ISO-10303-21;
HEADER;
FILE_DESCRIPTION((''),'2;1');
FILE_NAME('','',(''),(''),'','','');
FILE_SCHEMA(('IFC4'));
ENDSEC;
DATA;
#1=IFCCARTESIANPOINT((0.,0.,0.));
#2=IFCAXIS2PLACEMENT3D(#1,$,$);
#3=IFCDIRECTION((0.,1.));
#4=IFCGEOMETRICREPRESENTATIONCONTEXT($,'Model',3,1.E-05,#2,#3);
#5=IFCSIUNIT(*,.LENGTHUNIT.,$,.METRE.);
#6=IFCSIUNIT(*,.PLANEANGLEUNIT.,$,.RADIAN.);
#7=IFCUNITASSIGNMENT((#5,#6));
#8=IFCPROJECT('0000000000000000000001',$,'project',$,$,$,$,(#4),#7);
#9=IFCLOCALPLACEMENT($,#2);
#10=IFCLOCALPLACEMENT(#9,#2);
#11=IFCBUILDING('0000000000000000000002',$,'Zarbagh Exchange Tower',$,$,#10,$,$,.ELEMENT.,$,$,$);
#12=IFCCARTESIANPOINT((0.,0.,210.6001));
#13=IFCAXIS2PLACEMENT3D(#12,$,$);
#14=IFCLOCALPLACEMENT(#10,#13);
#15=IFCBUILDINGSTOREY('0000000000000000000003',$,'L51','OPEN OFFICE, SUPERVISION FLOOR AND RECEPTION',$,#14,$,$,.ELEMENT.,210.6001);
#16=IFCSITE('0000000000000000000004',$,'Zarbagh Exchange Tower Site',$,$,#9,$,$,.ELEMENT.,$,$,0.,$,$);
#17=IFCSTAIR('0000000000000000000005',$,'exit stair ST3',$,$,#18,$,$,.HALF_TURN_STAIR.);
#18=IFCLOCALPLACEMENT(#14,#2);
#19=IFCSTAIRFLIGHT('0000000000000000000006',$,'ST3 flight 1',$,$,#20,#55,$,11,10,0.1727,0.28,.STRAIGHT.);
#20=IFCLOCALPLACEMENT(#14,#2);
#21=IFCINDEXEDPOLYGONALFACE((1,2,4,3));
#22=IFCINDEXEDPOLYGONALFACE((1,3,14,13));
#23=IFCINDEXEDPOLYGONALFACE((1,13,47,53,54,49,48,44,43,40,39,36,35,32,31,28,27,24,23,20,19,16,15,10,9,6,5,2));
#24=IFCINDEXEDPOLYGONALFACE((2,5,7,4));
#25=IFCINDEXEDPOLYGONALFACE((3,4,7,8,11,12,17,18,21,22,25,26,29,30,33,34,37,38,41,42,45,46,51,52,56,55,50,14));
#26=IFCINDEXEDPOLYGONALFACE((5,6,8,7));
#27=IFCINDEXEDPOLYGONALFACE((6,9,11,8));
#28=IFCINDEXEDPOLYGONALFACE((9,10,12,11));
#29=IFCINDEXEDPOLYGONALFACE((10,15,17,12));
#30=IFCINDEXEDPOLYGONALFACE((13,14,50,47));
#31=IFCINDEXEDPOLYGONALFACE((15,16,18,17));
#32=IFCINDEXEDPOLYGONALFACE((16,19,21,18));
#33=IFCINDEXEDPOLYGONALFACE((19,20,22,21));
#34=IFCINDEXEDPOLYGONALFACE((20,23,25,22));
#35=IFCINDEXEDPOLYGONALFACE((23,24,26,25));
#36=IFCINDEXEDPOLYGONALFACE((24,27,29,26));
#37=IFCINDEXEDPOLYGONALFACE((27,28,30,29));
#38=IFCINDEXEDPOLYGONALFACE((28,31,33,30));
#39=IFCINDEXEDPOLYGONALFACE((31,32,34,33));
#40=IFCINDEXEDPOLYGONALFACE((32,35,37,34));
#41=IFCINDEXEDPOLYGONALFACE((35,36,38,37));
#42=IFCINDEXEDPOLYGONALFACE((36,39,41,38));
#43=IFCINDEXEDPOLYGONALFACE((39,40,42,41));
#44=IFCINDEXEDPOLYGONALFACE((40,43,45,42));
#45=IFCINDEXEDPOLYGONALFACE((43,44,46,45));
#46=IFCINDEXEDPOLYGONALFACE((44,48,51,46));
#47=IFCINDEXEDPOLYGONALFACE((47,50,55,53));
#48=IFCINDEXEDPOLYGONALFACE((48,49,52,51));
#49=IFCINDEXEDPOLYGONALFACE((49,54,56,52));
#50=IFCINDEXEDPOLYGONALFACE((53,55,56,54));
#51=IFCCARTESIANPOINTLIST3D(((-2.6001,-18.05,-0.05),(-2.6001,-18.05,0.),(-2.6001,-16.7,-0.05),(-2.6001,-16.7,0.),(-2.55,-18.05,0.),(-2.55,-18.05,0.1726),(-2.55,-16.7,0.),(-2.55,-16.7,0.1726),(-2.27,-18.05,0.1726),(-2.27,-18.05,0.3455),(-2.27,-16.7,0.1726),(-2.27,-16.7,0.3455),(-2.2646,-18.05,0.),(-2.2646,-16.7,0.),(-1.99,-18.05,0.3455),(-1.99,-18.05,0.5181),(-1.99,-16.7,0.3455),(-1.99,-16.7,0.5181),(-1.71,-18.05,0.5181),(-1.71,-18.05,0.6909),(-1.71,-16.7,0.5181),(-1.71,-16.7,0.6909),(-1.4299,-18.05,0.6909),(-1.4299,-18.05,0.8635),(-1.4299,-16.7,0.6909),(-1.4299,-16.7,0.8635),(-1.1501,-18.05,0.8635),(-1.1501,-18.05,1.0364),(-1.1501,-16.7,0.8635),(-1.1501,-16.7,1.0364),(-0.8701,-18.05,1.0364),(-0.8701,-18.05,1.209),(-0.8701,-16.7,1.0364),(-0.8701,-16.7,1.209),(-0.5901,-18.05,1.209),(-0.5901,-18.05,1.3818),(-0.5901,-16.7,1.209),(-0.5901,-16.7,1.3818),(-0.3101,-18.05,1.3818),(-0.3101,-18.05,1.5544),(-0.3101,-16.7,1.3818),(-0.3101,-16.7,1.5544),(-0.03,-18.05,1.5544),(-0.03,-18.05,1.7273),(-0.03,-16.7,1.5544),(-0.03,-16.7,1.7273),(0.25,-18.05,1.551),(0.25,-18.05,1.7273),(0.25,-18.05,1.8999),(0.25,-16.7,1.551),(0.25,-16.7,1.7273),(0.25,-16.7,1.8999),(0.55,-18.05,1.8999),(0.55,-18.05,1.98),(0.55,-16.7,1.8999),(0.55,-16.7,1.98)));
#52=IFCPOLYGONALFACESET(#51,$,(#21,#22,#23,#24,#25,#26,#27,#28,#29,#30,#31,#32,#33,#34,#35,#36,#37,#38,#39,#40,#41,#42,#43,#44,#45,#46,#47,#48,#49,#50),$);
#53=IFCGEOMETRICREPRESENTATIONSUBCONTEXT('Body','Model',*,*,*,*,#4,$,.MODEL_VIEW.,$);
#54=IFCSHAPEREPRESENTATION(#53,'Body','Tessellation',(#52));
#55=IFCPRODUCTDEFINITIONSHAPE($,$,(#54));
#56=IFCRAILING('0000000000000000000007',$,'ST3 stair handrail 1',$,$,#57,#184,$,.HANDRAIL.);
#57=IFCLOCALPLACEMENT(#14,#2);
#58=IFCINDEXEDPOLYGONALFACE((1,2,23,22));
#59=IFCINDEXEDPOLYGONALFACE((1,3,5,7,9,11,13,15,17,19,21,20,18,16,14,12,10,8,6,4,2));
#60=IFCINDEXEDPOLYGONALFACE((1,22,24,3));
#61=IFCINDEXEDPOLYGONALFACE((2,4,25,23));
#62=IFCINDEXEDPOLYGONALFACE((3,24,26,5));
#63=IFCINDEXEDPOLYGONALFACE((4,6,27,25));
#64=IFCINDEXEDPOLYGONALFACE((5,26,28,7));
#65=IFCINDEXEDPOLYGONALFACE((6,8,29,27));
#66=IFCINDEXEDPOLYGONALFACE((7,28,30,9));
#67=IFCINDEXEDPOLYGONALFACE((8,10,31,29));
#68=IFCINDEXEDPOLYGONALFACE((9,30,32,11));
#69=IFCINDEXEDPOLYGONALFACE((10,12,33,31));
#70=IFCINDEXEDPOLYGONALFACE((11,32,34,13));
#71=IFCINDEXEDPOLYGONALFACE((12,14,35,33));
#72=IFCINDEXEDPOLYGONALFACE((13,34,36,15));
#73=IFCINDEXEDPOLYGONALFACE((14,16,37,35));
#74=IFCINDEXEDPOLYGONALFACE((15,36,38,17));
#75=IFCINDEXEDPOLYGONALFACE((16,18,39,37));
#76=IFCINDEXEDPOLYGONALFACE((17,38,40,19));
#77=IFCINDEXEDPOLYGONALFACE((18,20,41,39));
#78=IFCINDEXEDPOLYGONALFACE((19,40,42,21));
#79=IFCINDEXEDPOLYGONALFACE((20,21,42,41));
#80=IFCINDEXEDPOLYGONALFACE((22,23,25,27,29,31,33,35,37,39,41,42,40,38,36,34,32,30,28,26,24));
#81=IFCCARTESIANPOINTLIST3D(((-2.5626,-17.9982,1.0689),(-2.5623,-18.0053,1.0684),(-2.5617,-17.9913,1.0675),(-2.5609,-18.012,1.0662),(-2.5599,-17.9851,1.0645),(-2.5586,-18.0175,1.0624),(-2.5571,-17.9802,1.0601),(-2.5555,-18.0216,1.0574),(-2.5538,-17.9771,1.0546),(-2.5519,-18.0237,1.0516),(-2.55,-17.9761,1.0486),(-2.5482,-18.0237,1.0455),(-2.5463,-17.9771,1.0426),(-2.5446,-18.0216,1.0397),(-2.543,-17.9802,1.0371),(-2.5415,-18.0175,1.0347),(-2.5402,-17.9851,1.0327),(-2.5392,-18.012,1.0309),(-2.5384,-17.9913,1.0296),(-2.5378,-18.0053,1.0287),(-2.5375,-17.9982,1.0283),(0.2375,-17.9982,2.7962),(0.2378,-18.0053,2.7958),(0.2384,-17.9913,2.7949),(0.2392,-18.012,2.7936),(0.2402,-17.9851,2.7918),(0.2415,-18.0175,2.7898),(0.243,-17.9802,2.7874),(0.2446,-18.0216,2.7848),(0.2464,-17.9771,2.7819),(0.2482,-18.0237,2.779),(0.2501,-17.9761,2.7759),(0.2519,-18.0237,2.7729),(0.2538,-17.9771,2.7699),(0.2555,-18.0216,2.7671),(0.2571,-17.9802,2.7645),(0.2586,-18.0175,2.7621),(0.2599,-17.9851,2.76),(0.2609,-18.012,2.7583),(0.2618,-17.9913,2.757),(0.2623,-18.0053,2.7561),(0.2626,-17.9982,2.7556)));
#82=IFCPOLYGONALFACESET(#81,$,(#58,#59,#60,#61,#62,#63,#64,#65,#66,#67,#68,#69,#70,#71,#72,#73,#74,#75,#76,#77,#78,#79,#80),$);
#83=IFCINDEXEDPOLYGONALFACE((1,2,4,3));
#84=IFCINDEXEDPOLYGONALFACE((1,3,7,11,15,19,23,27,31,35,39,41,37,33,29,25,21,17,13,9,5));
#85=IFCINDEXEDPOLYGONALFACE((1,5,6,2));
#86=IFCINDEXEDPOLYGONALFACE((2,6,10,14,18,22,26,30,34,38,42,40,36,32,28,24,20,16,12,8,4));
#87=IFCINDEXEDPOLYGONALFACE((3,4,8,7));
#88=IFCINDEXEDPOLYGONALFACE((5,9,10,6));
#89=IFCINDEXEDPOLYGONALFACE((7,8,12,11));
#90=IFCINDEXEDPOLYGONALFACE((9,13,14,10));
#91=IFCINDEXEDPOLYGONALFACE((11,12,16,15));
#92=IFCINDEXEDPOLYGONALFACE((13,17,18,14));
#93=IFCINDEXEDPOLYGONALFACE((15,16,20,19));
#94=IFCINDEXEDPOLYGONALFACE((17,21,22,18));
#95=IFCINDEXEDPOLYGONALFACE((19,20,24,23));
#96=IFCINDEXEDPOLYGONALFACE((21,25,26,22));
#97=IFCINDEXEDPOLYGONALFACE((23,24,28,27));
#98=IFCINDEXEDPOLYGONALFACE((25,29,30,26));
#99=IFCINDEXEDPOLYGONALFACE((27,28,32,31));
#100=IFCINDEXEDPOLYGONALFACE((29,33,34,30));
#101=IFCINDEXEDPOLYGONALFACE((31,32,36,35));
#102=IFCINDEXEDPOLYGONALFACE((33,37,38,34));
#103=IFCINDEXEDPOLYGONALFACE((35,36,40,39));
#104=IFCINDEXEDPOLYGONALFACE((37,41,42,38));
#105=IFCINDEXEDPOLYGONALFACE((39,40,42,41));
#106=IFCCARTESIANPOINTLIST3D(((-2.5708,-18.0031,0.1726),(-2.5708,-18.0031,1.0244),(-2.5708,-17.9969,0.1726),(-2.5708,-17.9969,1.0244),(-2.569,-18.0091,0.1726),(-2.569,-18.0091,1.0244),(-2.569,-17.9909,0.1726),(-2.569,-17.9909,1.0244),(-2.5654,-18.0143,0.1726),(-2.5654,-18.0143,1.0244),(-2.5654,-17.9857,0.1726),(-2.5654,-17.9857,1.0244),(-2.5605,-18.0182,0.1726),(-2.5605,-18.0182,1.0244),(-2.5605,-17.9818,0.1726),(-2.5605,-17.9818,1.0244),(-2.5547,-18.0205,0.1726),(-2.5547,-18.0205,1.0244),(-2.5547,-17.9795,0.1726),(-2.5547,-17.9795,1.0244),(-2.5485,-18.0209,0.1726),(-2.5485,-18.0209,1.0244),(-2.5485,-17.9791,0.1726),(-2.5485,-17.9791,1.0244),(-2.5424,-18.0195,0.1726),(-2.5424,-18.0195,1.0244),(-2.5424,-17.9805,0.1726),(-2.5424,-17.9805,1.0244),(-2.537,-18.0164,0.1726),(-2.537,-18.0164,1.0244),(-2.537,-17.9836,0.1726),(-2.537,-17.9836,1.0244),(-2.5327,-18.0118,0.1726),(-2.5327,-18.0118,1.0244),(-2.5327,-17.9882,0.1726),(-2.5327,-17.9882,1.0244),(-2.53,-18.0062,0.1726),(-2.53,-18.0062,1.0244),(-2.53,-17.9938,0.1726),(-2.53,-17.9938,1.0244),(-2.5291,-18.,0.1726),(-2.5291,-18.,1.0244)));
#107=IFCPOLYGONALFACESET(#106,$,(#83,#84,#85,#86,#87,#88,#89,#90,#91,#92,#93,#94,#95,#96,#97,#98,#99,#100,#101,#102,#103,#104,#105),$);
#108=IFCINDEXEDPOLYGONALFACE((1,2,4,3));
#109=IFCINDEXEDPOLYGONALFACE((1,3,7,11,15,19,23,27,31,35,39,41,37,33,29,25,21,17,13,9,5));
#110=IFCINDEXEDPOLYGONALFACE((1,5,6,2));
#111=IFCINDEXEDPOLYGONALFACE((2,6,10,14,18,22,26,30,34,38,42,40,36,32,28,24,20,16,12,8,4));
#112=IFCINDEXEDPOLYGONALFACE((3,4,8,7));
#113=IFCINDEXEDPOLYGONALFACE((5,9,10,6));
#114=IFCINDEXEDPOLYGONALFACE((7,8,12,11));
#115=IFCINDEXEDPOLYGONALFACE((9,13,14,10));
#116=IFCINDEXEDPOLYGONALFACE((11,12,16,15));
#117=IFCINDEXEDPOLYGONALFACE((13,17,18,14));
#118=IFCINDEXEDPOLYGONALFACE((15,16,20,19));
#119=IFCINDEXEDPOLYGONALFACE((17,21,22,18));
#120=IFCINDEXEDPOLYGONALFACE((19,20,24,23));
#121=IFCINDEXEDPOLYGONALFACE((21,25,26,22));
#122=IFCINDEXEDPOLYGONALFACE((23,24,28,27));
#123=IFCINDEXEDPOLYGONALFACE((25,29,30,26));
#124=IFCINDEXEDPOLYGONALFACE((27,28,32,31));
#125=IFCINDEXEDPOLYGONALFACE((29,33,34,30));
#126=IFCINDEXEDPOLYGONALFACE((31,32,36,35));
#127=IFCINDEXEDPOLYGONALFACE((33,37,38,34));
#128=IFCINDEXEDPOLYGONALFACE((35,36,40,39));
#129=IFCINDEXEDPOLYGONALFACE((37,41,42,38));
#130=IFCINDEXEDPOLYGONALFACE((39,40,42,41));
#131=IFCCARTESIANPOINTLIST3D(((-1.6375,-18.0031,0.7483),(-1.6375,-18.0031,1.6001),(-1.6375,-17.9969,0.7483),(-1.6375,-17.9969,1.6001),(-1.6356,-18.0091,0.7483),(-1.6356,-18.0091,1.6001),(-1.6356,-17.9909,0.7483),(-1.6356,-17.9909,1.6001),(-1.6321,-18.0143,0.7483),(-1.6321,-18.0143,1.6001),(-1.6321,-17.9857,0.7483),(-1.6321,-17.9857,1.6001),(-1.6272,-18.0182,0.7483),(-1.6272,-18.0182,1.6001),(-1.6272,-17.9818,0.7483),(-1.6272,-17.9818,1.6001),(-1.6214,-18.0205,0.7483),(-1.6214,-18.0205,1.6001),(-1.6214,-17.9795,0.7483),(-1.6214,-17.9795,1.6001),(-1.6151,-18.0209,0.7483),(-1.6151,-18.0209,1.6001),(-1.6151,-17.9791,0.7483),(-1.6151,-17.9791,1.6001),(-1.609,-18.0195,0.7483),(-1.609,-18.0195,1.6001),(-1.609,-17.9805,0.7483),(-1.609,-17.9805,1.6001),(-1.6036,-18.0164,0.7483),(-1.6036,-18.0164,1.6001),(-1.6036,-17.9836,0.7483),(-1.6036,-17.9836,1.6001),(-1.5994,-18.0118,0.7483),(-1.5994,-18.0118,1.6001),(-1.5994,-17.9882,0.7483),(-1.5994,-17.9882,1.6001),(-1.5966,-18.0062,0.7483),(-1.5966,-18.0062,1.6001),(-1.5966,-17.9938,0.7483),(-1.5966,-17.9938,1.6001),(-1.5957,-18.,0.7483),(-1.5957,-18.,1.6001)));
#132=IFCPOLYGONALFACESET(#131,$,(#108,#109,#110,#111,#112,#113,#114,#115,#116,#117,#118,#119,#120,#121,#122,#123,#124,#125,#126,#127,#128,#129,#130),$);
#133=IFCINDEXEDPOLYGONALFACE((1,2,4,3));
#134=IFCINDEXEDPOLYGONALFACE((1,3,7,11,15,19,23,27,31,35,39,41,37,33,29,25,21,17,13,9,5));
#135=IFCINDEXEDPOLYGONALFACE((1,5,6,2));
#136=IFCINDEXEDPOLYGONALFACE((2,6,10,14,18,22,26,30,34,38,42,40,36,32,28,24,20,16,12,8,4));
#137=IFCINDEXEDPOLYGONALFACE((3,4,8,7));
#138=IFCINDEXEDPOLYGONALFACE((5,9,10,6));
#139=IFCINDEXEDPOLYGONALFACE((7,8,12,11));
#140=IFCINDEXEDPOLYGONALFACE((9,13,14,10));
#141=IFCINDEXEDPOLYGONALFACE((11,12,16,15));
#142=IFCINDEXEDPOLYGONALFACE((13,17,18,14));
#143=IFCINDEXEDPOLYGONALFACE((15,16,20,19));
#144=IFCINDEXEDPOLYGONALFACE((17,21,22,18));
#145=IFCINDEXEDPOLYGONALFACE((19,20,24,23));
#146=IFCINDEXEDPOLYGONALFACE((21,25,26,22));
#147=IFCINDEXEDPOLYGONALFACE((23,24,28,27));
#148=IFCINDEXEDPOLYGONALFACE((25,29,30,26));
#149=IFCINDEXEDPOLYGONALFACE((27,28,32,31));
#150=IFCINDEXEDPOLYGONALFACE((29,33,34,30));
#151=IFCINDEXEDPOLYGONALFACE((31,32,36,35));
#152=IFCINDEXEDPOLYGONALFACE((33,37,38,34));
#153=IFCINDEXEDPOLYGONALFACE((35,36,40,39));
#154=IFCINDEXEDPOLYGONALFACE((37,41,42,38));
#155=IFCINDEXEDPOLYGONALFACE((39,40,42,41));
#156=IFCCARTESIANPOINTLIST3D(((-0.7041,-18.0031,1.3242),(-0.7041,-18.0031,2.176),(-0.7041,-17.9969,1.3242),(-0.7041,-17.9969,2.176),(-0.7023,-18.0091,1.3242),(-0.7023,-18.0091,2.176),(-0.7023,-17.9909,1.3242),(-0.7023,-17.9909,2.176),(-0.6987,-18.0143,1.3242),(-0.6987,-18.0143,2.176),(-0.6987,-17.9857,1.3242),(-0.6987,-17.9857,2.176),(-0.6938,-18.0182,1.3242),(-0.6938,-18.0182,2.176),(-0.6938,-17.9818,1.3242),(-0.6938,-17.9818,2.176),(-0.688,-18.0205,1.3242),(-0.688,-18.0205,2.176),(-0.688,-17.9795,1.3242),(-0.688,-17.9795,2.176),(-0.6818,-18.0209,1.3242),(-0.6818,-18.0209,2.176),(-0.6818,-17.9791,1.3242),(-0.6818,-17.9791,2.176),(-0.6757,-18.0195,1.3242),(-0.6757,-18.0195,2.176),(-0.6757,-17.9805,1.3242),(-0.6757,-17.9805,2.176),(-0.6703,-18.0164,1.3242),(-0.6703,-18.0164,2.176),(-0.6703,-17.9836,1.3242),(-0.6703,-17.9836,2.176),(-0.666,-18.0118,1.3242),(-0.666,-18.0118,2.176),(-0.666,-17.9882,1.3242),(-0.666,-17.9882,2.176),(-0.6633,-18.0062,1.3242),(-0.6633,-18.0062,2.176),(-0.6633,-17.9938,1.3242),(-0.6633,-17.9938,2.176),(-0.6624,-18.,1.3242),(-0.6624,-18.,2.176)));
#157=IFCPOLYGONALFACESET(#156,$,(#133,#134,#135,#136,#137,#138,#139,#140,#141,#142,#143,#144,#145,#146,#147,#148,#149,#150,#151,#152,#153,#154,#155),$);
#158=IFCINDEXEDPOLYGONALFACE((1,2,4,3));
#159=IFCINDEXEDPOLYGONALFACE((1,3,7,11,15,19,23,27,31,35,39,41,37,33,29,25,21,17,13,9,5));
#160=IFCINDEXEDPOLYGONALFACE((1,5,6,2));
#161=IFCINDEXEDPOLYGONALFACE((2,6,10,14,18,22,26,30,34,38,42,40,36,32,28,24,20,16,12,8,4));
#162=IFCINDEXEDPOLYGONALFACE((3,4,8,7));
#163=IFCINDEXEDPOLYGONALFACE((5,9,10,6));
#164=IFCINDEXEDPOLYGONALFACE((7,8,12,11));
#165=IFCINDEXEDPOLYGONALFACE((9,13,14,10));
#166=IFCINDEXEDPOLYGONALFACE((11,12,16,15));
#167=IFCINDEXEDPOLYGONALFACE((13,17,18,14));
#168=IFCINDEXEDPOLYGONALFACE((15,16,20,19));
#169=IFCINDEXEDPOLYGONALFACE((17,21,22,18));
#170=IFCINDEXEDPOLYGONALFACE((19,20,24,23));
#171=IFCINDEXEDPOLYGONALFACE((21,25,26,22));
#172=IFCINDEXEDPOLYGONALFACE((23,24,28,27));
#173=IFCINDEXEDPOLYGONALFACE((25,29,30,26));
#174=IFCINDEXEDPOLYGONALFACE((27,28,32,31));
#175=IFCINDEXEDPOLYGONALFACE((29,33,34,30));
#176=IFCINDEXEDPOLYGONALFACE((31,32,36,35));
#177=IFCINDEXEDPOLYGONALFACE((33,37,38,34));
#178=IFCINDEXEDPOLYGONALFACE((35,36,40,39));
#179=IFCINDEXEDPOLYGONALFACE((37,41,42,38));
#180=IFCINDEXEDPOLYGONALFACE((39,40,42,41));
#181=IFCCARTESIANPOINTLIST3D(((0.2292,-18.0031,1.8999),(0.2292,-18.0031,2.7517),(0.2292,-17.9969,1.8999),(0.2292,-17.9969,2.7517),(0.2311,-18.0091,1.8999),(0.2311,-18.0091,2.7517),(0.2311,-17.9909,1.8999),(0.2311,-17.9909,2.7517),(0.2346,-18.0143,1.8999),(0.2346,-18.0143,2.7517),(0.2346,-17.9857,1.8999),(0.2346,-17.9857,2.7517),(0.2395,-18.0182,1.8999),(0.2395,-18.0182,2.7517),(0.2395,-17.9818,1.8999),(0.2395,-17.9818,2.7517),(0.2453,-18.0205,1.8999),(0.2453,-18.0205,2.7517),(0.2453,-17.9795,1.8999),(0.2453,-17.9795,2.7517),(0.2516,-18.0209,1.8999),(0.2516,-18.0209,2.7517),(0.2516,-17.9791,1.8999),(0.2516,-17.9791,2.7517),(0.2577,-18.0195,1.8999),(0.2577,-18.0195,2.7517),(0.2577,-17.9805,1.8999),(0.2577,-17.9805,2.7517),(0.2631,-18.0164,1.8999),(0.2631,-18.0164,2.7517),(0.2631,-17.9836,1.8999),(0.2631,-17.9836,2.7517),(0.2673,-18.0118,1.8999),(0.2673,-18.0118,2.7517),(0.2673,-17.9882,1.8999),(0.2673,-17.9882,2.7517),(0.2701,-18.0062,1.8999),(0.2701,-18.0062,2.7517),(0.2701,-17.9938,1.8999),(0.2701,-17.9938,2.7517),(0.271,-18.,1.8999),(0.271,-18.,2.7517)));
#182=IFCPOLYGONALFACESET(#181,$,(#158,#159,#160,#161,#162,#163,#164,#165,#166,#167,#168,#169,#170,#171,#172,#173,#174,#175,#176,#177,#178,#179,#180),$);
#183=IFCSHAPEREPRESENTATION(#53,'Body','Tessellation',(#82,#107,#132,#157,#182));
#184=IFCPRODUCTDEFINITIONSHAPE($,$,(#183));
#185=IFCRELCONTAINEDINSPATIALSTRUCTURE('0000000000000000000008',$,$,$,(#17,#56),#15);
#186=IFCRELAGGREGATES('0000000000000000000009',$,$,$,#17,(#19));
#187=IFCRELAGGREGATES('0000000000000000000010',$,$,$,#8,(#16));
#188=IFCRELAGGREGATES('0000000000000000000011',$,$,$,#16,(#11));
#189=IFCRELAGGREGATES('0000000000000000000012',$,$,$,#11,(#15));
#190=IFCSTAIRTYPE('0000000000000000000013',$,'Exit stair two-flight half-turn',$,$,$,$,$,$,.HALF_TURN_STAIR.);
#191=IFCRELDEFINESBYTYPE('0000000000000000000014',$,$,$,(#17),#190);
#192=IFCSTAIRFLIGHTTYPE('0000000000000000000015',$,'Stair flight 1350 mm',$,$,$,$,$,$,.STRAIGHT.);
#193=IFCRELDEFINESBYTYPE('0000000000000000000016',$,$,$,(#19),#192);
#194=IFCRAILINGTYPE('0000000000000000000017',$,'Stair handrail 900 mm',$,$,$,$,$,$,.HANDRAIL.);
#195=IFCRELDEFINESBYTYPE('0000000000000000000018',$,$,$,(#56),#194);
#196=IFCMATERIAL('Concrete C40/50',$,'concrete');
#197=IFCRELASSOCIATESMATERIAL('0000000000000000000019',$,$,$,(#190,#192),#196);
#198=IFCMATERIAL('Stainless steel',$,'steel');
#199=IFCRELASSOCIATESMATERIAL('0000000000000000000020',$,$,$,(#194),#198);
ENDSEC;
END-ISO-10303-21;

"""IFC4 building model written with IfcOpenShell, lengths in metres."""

from ifc_helpers import new_model, si_unit, direction, frame, origin, origin_2d, place, context, subcontext, project, spatial, polyline, circle, outline, extrude, material, type_object, element, aggregate, save


model = new_model("IFC4")

# Units and contexts
model_context = context("Model", 3, precision=1e-05, world=origin(), true_north=direction((0.0, 1.0)))
body_context = subcontext(model_context, "Body", "Model", "MODEL_VIEW")
ifc_project = project(units=[si_unit("LENGTHUNIT", "METRE"), si_unit("PLANEANGLEUNIT", "RADIAN")], contexts=[model_context])

# Site, building, storey
site_placement = place(None, origin())
site = spatial("IfcSite", under=ifc_project, at=site_placement, Name="Zarbagh Exchange Tower Site", CompositionType="ELEMENT", RefElevation=0.0)
building_placement = place(site_placement, origin())
building = spatial("IfcBuilding", under=site, at=building_placement, Name="Zarbagh Exchange Tower", CompositionType="ELEMENT")
storey_placement = place(building_placement, frame((0.0, 0.0, 210.6001)))
storey = spatial("IfcBuildingStorey", under=building, at=storey_placement, Name="L51", Description="OPEN OFFICE, SUPERVISION FLOOR AND RECEPTION", CompositionType="ELEMENT", Elevation=210.6001)

# Stair, stair flight
ifc_material_1 = material(Name="Concrete C40/50", Category="concrete")
stair_type = type_object("IfcStairType", Name="Exit stair two-flight half-turn", PredefinedType="HALF_TURN_STAIR", material=ifc_material_1)
stair_placement = place(storey_placement, origin())
stair = element("IfcStair", 1, at=stair_placement, inside=storey, type_object=stair_type, Name="exit stair ST3", PredefinedType="HALF_TURN_STAIR")
stair_flight_type = type_object("IfcStairFlightType", Name="Stair flight 1350 mm", PredefinedType="STRAIGHT", material=ifc_material_1)
stair_flight_placement = place(storey_placement, frame((-2.55, -17.375, 0.0), z_axis=(0.0, 0.0, 1.0), x_axis=(1.0, 0.0, 0.0)))
stair_flight = element("IfcStairFlight", 2, at=stair_flight_placement, type_object=stair_flight_type, Name="ST3 flight 1", NumberOfRisers=11, NumberOfTreads=10, PredefinedType="STRAIGHT", RiserHeight=0.1727, TreadLength=0.28, context=body_context, shape_type="SweptSolid", body=[
    extrude(outline(polyline([(-0.05, -0.05), (-0.05, 0.0), (0.0, 0.0), (0.0, 0.1726), (0.28, 0.1726), (0.28, 0.3455), (0.5601, 0.3455), (0.5601, 0.5181), (0.8401, 0.5181), (0.8401, 0.6909), (1.1201, 0.6909), (1.1201, 0.8635), (1.3999, 0.8635), (1.3999, 1.0364), (1.6799, 1.0364), (1.6799, 1.209), (1.96, 1.209), (1.96, 1.3818), (2.24, 1.3818), (2.24, 1.5544), (2.52, 1.5544), (2.52, 1.7273), (2.8, 1.7273), (2.8, 1.8999), (3.1001, 1.98), (3.1001, 1.8999), (2.8, 1.551), (0.2854, 0.0), (-0.05, -0.05)])), frame((0.0, 0.675, 0.0), z_axis=(0.0, -1.0, 0.0), x_axis=(1.0, 0.0, 0.0)), (0.0, 0.0, 1.0), 1.3501),
])
aggregate(stair, [stair_flight])

# Railing
ifc_material_2 = material(Name="Stainless steel", Category="steel")
railing_type_1 = type_object("IfcRailingType", Name="Stair handrail 900 mm", PredefinedType="HANDRAIL", material=ifc_material_2)
railing_1_placement = place(storey_placement, frame((-2.55, -18.0, 0.1726)))
element("IfcRailing", 3, at=railing_1_placement, inside=storey, type_object=railing_type_1, Name="ST3 stair handrail 1", PredefinedType="HANDRAIL", context=body_context, shape_type="SweptSolid", body=[
    extrude(circle(Radius=0.0239, at=origin_2d()), frame((0.0, 0.0, 0.876), z_axis=(0.85109, 0.0, 0.52502), x_axis=(0.0, 1.0, 0.0)), (0.0, 0.0, 1.0), 3.29),
    extrude(circle(Radius=0.021, at=origin_2d()), origin(), (0.0, 0.0, 1.0), 0.8518),
    extrude(circle(Radius=0.021, at=origin_2d()), frame((0.9333, 0.0, 0.5757)), (0.0, 0.0, 1.0), 0.8518),
    extrude(circle(Radius=0.021, at=origin_2d()), frame((1.8667, 0.0, 1.1516)), (0.0, 0.0, 1.0), 0.8518),
    extrude(circle(Radius=0.021, at=origin_2d()), frame((2.8, 0.0, 1.7273)), (0.0, 0.0, 1.0), 0.8518),
])

save(model, "model.ifc")
